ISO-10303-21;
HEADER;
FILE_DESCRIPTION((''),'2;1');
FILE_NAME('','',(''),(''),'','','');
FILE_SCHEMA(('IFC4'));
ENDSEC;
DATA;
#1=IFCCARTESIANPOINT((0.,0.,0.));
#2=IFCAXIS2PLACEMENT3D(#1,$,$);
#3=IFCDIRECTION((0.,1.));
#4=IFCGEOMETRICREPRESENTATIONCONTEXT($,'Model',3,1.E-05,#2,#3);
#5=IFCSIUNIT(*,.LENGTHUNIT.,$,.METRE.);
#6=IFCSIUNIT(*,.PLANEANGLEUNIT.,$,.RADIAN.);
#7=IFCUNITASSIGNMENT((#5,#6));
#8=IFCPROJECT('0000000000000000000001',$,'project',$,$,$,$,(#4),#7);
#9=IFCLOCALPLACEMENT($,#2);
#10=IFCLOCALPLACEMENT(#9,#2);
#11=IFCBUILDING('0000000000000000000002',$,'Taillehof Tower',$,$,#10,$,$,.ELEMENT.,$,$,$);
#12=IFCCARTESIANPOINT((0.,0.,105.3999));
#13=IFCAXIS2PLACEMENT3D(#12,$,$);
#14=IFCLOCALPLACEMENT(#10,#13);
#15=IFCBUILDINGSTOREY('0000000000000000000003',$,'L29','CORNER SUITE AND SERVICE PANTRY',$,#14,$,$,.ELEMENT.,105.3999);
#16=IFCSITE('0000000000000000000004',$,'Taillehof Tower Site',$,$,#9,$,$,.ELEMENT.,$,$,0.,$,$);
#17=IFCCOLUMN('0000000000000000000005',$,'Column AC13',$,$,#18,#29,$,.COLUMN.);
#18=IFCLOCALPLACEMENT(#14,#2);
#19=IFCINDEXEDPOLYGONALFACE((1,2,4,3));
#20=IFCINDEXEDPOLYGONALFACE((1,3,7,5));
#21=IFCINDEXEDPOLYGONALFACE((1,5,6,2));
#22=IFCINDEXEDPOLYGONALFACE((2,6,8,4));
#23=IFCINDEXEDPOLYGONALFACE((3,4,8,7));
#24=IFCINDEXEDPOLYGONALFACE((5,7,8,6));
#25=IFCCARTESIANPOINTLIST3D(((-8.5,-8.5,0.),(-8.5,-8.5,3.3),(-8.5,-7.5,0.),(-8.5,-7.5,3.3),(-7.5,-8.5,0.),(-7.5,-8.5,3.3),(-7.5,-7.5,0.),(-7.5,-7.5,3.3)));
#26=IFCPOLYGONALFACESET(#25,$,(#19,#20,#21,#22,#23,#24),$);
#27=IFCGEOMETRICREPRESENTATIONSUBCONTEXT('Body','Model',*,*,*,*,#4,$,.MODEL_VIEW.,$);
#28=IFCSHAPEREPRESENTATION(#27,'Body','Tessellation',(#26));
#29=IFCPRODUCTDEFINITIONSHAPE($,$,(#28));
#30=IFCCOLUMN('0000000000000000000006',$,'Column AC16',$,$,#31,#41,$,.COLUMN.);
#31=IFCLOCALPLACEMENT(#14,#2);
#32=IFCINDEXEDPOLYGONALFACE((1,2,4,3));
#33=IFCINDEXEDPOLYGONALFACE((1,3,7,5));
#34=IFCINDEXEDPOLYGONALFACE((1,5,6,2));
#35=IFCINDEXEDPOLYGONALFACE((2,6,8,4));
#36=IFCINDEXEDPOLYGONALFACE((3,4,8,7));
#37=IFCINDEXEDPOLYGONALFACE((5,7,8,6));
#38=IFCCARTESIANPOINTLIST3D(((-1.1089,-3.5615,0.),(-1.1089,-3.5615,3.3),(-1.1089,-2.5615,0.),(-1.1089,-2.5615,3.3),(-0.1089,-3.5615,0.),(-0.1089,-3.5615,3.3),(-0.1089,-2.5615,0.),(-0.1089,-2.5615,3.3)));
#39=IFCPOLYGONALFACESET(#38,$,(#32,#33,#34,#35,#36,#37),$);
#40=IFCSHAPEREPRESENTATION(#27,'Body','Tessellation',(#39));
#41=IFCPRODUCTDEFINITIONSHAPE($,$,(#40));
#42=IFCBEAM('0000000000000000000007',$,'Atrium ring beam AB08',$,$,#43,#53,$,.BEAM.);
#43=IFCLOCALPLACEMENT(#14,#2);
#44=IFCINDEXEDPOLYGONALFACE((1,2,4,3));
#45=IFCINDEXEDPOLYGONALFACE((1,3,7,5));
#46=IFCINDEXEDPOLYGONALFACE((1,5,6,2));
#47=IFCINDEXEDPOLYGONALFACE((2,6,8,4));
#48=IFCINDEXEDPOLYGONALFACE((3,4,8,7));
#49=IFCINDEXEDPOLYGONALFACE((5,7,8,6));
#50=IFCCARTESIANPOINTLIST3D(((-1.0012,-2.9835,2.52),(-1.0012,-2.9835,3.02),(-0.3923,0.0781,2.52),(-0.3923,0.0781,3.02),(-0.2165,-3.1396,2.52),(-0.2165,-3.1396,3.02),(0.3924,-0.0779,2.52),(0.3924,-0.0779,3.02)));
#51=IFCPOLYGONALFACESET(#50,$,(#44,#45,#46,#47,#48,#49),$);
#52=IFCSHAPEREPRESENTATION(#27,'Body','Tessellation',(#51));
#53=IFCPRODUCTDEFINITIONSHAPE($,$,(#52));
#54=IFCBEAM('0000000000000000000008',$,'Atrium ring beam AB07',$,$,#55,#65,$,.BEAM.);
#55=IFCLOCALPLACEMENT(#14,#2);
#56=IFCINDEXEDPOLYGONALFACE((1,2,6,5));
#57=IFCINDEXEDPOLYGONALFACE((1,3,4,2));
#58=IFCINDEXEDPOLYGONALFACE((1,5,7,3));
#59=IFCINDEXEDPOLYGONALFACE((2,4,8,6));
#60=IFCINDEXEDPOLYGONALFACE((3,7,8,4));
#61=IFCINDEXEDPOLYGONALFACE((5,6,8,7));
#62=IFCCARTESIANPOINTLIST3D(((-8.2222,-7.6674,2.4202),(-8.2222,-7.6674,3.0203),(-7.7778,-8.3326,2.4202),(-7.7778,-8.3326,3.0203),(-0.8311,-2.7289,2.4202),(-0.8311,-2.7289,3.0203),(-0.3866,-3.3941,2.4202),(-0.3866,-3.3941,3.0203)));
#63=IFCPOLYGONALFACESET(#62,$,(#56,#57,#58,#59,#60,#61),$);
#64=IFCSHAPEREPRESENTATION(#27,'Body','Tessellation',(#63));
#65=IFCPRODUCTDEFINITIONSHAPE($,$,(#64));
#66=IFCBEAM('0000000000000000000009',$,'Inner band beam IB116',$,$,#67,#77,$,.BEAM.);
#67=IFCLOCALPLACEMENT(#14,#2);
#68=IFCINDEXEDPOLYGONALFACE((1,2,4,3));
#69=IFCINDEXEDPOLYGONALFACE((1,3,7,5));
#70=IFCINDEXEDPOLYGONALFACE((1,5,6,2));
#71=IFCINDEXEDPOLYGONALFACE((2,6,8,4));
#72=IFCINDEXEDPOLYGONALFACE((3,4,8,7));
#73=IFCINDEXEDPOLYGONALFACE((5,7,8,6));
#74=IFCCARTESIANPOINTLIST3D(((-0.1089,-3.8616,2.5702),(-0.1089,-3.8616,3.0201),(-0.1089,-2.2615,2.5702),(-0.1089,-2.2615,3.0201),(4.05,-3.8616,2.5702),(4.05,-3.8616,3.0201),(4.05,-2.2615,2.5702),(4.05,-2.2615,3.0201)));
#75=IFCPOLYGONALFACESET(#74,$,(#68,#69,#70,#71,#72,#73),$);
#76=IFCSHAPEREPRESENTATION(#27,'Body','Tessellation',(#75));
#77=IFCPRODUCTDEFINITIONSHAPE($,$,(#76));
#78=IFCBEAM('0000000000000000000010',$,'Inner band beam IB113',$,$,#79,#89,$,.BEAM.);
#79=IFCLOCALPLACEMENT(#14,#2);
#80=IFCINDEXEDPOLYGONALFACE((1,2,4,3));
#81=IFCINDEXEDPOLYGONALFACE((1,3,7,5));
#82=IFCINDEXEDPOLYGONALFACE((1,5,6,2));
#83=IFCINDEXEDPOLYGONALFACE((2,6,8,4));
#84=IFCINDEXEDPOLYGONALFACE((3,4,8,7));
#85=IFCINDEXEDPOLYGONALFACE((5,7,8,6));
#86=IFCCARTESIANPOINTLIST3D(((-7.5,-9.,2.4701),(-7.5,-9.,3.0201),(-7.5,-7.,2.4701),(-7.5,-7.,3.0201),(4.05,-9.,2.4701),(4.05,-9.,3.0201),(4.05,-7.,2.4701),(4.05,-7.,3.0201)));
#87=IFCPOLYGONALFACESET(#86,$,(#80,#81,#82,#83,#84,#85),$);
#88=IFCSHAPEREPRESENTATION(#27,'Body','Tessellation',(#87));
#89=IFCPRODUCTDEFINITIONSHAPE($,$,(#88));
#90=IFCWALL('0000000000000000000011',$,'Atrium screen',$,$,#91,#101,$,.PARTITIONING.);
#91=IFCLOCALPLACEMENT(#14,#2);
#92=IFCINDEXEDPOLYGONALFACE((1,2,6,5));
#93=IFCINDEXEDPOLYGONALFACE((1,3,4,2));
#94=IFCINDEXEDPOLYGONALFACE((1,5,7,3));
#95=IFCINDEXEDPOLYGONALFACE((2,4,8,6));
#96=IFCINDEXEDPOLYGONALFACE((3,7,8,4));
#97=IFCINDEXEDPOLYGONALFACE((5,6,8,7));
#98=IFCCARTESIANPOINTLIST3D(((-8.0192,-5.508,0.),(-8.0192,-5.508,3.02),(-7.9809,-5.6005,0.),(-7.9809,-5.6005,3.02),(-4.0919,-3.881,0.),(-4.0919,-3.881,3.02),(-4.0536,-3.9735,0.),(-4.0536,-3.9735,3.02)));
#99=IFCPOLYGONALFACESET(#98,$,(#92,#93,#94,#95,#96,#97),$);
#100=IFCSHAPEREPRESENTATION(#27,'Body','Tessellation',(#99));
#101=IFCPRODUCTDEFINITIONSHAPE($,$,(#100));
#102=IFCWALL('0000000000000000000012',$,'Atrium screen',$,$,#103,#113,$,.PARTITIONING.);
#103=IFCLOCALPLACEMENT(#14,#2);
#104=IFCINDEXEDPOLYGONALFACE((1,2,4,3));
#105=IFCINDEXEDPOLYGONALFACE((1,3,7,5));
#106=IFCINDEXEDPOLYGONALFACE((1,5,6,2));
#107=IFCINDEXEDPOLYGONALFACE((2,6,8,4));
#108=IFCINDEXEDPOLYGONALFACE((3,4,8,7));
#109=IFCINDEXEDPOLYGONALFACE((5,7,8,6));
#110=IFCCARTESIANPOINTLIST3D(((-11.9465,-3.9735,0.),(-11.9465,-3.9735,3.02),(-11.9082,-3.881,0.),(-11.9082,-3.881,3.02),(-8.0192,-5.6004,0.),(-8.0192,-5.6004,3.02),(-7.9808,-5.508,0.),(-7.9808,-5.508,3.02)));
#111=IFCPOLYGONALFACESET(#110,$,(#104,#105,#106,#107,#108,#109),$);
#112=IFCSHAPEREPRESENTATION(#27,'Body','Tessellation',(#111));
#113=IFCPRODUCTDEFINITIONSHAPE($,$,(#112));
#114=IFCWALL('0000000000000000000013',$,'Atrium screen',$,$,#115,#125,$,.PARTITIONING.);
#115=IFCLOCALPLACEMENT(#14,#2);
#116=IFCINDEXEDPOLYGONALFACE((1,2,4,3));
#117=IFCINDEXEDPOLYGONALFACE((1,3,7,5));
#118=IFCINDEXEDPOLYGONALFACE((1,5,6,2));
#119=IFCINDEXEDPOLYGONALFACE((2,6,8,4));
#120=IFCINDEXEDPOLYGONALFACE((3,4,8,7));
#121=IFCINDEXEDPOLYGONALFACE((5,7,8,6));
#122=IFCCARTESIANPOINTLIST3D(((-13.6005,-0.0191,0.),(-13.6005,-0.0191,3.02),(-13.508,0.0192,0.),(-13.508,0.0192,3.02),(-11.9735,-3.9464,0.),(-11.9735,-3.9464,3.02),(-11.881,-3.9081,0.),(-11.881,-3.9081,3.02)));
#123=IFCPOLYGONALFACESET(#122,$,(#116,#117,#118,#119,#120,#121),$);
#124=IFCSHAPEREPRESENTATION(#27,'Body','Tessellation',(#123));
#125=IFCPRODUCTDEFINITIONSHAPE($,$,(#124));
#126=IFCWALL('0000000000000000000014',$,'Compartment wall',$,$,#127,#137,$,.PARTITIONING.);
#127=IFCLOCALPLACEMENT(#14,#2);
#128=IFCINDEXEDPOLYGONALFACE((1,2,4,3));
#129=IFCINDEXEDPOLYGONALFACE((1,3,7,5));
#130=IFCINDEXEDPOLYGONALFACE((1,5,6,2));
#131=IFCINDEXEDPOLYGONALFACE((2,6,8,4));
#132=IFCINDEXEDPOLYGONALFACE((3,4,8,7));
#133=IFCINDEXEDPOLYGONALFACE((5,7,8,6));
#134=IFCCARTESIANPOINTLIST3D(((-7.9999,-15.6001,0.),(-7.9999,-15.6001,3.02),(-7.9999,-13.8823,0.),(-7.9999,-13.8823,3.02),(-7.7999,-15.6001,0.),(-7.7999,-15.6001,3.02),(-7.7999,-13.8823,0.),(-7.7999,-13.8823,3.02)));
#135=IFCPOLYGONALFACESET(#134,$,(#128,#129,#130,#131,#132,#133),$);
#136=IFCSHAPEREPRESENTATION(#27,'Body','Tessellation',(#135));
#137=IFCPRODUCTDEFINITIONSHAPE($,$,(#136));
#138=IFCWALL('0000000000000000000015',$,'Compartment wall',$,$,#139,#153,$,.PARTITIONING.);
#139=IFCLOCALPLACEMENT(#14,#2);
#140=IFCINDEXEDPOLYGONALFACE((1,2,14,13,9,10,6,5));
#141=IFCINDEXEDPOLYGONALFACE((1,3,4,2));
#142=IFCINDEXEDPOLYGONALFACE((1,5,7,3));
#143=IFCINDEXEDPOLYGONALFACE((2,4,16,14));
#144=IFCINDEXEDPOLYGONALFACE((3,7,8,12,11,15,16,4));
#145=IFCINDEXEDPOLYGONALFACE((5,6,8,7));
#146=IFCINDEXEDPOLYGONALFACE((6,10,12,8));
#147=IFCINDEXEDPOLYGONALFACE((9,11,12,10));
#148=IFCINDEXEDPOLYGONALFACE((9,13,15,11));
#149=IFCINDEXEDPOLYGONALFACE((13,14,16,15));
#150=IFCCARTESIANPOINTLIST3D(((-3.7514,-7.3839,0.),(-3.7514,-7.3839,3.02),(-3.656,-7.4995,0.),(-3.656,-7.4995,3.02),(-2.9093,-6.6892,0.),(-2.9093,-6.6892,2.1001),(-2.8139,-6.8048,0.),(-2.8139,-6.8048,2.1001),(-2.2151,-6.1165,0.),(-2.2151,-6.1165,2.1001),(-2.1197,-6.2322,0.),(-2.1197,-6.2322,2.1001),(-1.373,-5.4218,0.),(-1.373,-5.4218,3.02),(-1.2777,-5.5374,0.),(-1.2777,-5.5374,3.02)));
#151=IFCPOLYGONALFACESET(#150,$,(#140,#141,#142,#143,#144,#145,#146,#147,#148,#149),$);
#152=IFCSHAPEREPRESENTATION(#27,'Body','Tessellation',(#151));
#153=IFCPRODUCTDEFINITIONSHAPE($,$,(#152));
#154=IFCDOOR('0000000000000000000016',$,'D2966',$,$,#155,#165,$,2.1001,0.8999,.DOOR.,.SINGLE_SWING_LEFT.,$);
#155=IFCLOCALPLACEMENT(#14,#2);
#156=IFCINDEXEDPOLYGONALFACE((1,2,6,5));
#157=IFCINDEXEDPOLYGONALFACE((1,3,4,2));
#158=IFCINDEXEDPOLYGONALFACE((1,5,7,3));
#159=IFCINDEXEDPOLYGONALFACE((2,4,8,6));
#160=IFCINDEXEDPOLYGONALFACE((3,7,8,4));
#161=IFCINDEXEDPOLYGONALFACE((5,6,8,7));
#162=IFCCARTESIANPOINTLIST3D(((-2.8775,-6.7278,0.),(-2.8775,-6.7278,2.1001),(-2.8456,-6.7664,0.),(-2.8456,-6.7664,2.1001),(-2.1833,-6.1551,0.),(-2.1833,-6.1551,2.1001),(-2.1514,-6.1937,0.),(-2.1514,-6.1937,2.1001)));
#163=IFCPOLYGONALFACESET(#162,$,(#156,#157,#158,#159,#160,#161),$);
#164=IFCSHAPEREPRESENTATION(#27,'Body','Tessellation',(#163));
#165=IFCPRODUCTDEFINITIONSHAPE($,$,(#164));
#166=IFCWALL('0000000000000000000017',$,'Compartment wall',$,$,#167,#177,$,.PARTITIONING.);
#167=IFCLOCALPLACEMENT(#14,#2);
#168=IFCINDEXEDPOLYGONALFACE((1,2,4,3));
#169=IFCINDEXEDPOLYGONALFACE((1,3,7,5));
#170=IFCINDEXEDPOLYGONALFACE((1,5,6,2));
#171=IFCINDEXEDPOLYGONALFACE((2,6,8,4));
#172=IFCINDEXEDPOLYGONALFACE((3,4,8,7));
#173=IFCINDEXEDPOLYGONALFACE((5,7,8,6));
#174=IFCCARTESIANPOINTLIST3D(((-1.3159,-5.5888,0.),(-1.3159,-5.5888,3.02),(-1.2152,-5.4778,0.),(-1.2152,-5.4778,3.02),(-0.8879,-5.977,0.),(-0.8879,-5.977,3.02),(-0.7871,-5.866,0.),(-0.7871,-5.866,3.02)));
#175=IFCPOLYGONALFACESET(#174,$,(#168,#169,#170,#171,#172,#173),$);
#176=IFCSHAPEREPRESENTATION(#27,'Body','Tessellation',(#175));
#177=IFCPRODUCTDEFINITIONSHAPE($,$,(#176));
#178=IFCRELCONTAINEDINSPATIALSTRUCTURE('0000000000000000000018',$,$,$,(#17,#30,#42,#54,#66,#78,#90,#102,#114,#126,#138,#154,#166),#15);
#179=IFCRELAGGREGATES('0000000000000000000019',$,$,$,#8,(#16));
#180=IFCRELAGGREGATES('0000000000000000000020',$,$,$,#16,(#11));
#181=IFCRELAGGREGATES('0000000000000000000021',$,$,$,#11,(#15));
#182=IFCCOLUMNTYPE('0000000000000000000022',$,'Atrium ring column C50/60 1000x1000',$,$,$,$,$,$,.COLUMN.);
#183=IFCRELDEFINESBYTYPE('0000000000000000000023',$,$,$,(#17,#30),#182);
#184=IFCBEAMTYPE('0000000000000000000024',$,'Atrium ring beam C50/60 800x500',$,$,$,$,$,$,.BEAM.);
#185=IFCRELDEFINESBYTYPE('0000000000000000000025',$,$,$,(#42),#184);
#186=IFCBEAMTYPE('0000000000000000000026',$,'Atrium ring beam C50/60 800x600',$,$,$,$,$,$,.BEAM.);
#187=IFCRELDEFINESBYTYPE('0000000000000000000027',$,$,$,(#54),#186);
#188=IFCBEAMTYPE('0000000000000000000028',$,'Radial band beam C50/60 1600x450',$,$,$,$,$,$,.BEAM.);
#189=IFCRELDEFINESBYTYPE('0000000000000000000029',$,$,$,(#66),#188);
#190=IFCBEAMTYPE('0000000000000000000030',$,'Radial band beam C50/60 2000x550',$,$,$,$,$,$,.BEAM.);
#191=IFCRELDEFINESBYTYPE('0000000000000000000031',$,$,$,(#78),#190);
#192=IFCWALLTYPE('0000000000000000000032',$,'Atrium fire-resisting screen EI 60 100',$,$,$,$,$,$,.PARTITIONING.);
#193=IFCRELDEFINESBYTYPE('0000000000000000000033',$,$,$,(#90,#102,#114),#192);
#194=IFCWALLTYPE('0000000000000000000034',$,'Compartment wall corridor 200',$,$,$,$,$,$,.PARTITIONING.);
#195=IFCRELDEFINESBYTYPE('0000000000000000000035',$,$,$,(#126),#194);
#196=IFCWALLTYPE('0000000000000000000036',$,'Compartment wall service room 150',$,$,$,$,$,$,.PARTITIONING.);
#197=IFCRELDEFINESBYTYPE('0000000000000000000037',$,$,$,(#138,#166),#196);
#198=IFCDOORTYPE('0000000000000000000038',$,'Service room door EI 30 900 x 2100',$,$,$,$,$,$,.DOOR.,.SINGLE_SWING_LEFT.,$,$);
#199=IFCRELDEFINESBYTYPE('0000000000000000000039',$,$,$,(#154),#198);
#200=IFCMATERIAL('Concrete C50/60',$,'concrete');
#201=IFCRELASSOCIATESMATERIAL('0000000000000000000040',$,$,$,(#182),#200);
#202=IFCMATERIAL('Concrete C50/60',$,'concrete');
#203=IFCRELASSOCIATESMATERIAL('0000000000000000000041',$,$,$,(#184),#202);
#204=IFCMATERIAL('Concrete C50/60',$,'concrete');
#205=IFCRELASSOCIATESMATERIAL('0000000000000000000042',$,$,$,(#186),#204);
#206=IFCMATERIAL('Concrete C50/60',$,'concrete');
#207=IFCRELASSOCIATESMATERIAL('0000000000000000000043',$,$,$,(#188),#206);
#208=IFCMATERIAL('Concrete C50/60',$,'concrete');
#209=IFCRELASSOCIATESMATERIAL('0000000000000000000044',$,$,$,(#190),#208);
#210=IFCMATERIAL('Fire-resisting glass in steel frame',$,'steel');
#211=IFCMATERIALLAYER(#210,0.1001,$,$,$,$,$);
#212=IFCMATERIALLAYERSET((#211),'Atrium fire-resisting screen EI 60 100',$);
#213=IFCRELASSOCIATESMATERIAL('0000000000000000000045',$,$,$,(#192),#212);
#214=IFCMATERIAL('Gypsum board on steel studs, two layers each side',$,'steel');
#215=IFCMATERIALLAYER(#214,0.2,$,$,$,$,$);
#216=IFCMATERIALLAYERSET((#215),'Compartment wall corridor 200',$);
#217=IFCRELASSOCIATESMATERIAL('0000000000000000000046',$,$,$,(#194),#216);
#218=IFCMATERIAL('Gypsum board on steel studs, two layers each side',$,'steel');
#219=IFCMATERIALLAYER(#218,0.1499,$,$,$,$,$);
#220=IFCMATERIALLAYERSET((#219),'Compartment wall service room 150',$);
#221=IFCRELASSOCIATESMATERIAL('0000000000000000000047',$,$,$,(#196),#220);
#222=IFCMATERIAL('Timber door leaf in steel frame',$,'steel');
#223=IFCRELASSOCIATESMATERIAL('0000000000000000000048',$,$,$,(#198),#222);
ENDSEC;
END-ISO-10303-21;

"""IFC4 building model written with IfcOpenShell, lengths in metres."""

from ifc_helpers import new_model, si_unit, direction, frame, frame_2d, origin, origin_2d, place, context, subcontext, project, spatial, rectangle, extrude, material, layer, layer_set, material_profile, profile_set, type_object, element, fill, save


model = new_model("IFC4")

# Units and contexts
model_context = context("Model", 3, precision=1e-05, world=origin(), true_north=direction((0.0, 1.0)))
body_context = subcontext(model_context, "Body", "Model", "MODEL_VIEW")
ifc_project = project(units=[si_unit("LENGTHUNIT", "METRE"), si_unit("PLANEANGLEUNIT", "RADIAN")], contexts=[model_context])

# Site, building, storey
site_placement = place(None, origin())
site = spatial("IfcSite", under=ifc_project, at=site_placement, Name="Taillehof Tower Site", CompositionType="ELEMENT", RefElevation=0.0)
building_placement = place(site_placement, origin())
building = spatial("IfcBuilding", under=site, at=building_placement, Name="Taillehof Tower", CompositionType="ELEMENT")
storey_placement = place(building_placement, frame((0.0, 0.0, 105.3999)))
storey = spatial("IfcBuildingStorey", under=building, at=storey_placement, Name="L29", Description="CORNER SUITE AND SERVICE PANTRY", CompositionType="ELEMENT", Elevation=105.3999)

# Columns
ifc_material_1 = material(Name="Concrete C50/60", Category="concrete")
ifc_material_profile_1 = material_profile(ifc_material_1, rectangle(XDim=1.0, YDim=1.0, at=origin_2d()), Name="RC 1000x1000")
ifc_profile_set_1 = profile_set([ifc_material_profile_1], Name="Concrete C50/60")
column_type = type_object("IfcColumnType", Name="Atrium ring column C50/60 1000x1000", PredefinedType="COLUMN", material=ifc_profile_set_1)
for number, where, z_axis, x_axis, name in (
    (1, (-8.0, -8.0, 0.0), (0.0, 0.0, 1.0), (1.0, 0.0, 0.0), "Column AC13"),
    (2, (-0.6089, -3.0615, 0.0), (0.0, 0.0, 1.0), (1.0, 0.0, 0.0), "Column AC16"),
):
    element("IfcColumn", number, at=place(storey_placement, frame(where, z_axis=z_axis, x_axis=x_axis)), inside=storey, type_object=column_type, Name=name, PredefinedType="COLUMN", context=body_context, shape_type="SweptSolid", body=[
        extrude(rectangle(XDim=1.0, YDim=1.0, at=origin_2d()), origin(), (0.0, 0.0, 1.0), 3.3),
    ])

# Beams
ifc_material_2 = material(Name="Concrete C50/60", Category="concrete")
ifc_material_profile_2 = material_profile(ifc_material_2, rectangle(XDim=0.8, YDim=0.5, at=origin_2d()), Name="RC 800x500")
ifc_profile_set_2 = profile_set([ifc_material_profile_2], Name="Concrete C50/60")
beam_type_1 = type_object("IfcBeamType", Name="Atrium ring beam C50/60 800x500", PredefinedType="BEAM", material=ifc_profile_set_2)
beam_1_placement = place(storey_placement, frame((-0.6089, -3.0615, 2.77), z_axis=(0.195063, 0.980791, 0.0), x_axis=(-0.980791, 0.195063, 0.0)))
element("IfcBeam", 3, at=beam_1_placement, inside=storey, type_object=beam_type_1, Name="Atrium ring beam AB08", PredefinedType="BEAM", context=body_context, shape_type="SweptSolid", body=[
    extrude(rectangle(XDim=0.8, YDim=0.5, at=origin_2d()), origin(), (0.0, 0.0, 1.0), 3.1216),
])
ifc_material_3 = material(Name="Concrete C50/60", Category="concrete")
ifc_material_profile_3 = material_profile(ifc_material_3, rectangle(XDim=0.8, YDim=0.6001, at=origin_2d()), Name="RC 800x600")
ifc_profile_set_3 = profile_set([ifc_material_profile_3], Name="Concrete C50/60")
beam_type_2 = type_object("IfcBeamType", Name="Atrium ring beam C50/60 800x600", PredefinedType="BEAM", material=ifc_profile_set_3)
beam_2_placement = place(storey_placement, frame((-8.0, -8.0, 2.7202), z_axis=(0.831475, 0.555562, 0.0), x_axis=(-0.555562, 0.831475, 0.0)))
element("IfcBeam", 4, at=beam_2_placement, inside=storey, type_object=beam_type_2, Name="Atrium ring beam AB07", PredefinedType="BEAM", context=body_context, shape_type="SweptSolid", body=[
    extrude(rectangle(XDim=0.8, YDim=0.6001, at=origin_2d()), origin(), (0.0, 0.0, 1.0), 8.8892),
])
ifc_material_4 = material(Name="Concrete C50/60", Category="concrete")
ifc_material_profile_4 = material_profile(ifc_material_4, rectangle(XDim=1.6001, YDim=0.45, at=origin_2d()), Name="RC 1600x450")
ifc_profile_set_4 = profile_set([ifc_material_profile_4], Name="Concrete C50/60")
beam_type_3 = type_object("IfcBeamType", Name="Radial band beam C50/60 1600x450", PredefinedType="BEAM", material=ifc_profile_set_4)
beam_3_placement = place(storey_placement, frame((-0.1089, -3.0615, 2.7952), z_axis=(1.0, 0.0, 0.0), x_axis=(0.0, 1.0, 0.0)))
element("IfcBeam", 5, at=beam_3_placement, inside=storey, type_object=beam_type_3, Name="Inner band beam IB116", PredefinedType="BEAM", context=body_context, shape_type="SweptSolid", body=[
    extrude(rectangle(XDim=1.6001, YDim=0.45, at=origin_2d()), origin(), (0.0, 0.0, 1.0), 4.1589),
])
ifc_material_5 = material(Name="Concrete C50/60", Category="concrete")
ifc_material_profile_5 = material_profile(ifc_material_5, rectangle(XDim=2.0, YDim=0.55, at=origin_2d()), Name="RC 2000x550")
ifc_profile_set_5 = profile_set([ifc_material_profile_5], Name="Concrete C50/60")
beam_type_4 = type_object("IfcBeamType", Name="Radial band beam C50/60 2000x550", PredefinedType="BEAM", material=ifc_profile_set_5)
beam_4_placement = place(storey_placement, frame((-7.5, -8.0, 2.7451), z_axis=(1.0, 0.0, 0.0), x_axis=(0.0, 1.0, 0.0)))
element("IfcBeam", 6, at=beam_4_placement, inside=storey, type_object=beam_type_4, Name="Inner band beam IB113", PredefinedType="BEAM", context=body_context, shape_type="SweptSolid", body=[
    extrude(rectangle(XDim=2.0, YDim=0.55, at=origin_2d()), origin(), (0.0, 0.0, 1.0), 11.55),
])

# Walls
ifc_material_6 = material(Name="Fire-resisting glass in steel frame", Category="steel")
ifc_layer_1 = layer(ifc_material_6, 0.1001)
ifc_layer_set_1 = layer_set([ifc_layer_1], Name="Atrium fire-resisting screen EI 60 100")
wall_type_1 = type_object("IfcWallType", Name="Atrium fire-resisting screen EI 60 100", PredefinedType="PARTITIONING", material=ifc_layer_set_1)
for number, where, z_axis, x_axis, name in (
    (7, (-4.0728, -3.9272, 0.0), (0.0, 0.0, 1.0), (-0.92386, -0.382731, 0.0), "Atrium screen"),
    (8, (-8.0, -5.5542, 0.0), (0.0, 0.0, 1.0), (-0.92386, 0.382731, 0.0), "Atrium screen"),
    (9, (-11.9272, -3.9272, 0.0), (0.0, 0.0, 1.0), (-0.382731, 0.92386, 0.0), "Atrium screen"),
):
    element("IfcWall", number, at=place(storey_placement, frame(where, z_axis=z_axis, x_axis=x_axis)), inside=storey, type_object=wall_type_1, Name=name, PredefinedType="PARTITIONING", context=body_context, shape_type="SweptSolid", body=[
        extrude(rectangle(XDim=4.251, YDim=0.1001, at=frame_2d((2.1255, 0.0))), origin(), (0.0, 0.0, 1.0), 3.02),
    ])
ifc_material_7 = material(Name="Gypsum board on steel studs, two layers each side", Category="steel")
ifc_layer_2 = layer(ifc_material_7, 0.2)
ifc_layer_set_2 = layer_set([ifc_layer_2], Name="Compartment wall corridor 200")
wall_type_2 = type_object("IfcWallType", Name="Compartment wall corridor 200", PredefinedType="PARTITIONING", material=ifc_layer_set_2)
wall_1_placement = place(storey_placement, frame((-7.8999, -13.8823, 0.0), z_axis=(0.0, 0.0, 1.0), x_axis=(0.0, -1.0, 0.0)))
element("IfcWall", 10, at=wall_1_placement, inside=storey, type_object=wall_type_2, Name="Compartment wall", PredefinedType="PARTITIONING", context=body_context, shape_type="SweptSolid", body=[
    extrude(rectangle(XDim=1.7178, YDim=0.2, at=frame_2d((0.8589, 0.0))), origin(), (0.0, 0.0, 1.0), 3.02),
])

# Wall, opening, door
ifc_material_8 = material(Name="Gypsum board on steel studs, two layers each side", Category="steel")
ifc_layer_3 = layer(ifc_material_8, 0.1499)
ifc_layer_set_3 = layer_set([ifc_layer_3], Name="Compartment wall service room 150")
wall_type_3 = type_object("IfcWallType", Name="Compartment wall service room 150", PredefinedType="PARTITIONING", material=ifc_layer_set_3)
wall_2_placement = place(storey_placement, frame((-3.7036, -7.4417, 0.0), z_axis=(0.0, 0.0, 1.0), x_axis=(0.771379, 0.636376, 0.0)))
wall_2 = element("IfcWall", 11, at=wall_2_placement, inside=storey, type_object=wall_type_3, Name="Compartment wall", PredefinedType="PARTITIONING", context=body_context, shape_type="SweptSolid", body=[
    extrude(rectangle(XDim=3.0833, YDim=0.1499, at=frame_2d((1.5415, 0.0))), origin(), (0.0, 0.0, 1.0), 3.02),
])
opening_1_placement = place(wall_2_placement, frame((1.0916, 0.0, 0.0)))
opening_1 = element("IfcOpeningElement", 12, at=opening_1_placement, cuts=wall_2, PredefinedType="OPENING", context=body_context, shape_type="SweptSolid", body=[
    extrude(rectangle(XDim=0.8999, YDim=2.1001, at=frame_2d((0.45, 1.05))), frame((0.0, 0.085, 0.0), z_axis=(0.0, -1.0, 0.0), x_axis=(1.0, 0.0, 0.0)), (0.0, 0.0, 1.0), 0.1699),
])
ifc_material_9 = material(Name="Timber door leaf in steel frame", Category="steel")
door_type_1 = type_object("IfcDoorType", Name="Service room door EI 30 900 x 2100", OperationType="SINGLE_SWING_LEFT", PredefinedType="DOOR", material=ifc_material_9)
door_1_placement = place(opening_1_placement, origin())
door_1 = element("IfcDoor", 13, at=door_1_placement, inside=storey, type_object=door_type_1, Name="D2966", OperationType="SINGLE_SWING_LEFT", OverallHeight=2.1001, OverallWidth=0.8999, PredefinedType="DOOR", context=body_context, shape_type="SweptSolid", body=[
    extrude(rectangle(XDim=0.8999, YDim=2.1001, at=frame_2d((0.45, 1.05))), frame((0.0, 0.0249, 0.0), z_axis=(0.0, -1.0, 0.0), x_axis=(1.0, 0.0, 0.0)), (0.0, 0.0, 1.0), 0.05),
])
fill(opening_1, door_1)

# Wall
wall_3_placement = place(storey_placement, frame((-1.2656, -5.5332, 0.0), z_axis=(0.0, 0.0, 1.0), x_axis=(0.740704, -0.671831, 0.0)))
element("IfcWall", 14, at=wall_3_placement, inside=storey, type_object=wall_type_3, Name="Compartment wall", PredefinedType="PARTITIONING", context=body_context, shape_type="SweptSolid", body=[
    extrude(rectangle(XDim=0.5779, YDim=0.1499, at=frame_2d((0.2891, 0.0))), origin(), (0.0, 0.0, 1.0), 3.02),
])

save(model, "model.ifc")
